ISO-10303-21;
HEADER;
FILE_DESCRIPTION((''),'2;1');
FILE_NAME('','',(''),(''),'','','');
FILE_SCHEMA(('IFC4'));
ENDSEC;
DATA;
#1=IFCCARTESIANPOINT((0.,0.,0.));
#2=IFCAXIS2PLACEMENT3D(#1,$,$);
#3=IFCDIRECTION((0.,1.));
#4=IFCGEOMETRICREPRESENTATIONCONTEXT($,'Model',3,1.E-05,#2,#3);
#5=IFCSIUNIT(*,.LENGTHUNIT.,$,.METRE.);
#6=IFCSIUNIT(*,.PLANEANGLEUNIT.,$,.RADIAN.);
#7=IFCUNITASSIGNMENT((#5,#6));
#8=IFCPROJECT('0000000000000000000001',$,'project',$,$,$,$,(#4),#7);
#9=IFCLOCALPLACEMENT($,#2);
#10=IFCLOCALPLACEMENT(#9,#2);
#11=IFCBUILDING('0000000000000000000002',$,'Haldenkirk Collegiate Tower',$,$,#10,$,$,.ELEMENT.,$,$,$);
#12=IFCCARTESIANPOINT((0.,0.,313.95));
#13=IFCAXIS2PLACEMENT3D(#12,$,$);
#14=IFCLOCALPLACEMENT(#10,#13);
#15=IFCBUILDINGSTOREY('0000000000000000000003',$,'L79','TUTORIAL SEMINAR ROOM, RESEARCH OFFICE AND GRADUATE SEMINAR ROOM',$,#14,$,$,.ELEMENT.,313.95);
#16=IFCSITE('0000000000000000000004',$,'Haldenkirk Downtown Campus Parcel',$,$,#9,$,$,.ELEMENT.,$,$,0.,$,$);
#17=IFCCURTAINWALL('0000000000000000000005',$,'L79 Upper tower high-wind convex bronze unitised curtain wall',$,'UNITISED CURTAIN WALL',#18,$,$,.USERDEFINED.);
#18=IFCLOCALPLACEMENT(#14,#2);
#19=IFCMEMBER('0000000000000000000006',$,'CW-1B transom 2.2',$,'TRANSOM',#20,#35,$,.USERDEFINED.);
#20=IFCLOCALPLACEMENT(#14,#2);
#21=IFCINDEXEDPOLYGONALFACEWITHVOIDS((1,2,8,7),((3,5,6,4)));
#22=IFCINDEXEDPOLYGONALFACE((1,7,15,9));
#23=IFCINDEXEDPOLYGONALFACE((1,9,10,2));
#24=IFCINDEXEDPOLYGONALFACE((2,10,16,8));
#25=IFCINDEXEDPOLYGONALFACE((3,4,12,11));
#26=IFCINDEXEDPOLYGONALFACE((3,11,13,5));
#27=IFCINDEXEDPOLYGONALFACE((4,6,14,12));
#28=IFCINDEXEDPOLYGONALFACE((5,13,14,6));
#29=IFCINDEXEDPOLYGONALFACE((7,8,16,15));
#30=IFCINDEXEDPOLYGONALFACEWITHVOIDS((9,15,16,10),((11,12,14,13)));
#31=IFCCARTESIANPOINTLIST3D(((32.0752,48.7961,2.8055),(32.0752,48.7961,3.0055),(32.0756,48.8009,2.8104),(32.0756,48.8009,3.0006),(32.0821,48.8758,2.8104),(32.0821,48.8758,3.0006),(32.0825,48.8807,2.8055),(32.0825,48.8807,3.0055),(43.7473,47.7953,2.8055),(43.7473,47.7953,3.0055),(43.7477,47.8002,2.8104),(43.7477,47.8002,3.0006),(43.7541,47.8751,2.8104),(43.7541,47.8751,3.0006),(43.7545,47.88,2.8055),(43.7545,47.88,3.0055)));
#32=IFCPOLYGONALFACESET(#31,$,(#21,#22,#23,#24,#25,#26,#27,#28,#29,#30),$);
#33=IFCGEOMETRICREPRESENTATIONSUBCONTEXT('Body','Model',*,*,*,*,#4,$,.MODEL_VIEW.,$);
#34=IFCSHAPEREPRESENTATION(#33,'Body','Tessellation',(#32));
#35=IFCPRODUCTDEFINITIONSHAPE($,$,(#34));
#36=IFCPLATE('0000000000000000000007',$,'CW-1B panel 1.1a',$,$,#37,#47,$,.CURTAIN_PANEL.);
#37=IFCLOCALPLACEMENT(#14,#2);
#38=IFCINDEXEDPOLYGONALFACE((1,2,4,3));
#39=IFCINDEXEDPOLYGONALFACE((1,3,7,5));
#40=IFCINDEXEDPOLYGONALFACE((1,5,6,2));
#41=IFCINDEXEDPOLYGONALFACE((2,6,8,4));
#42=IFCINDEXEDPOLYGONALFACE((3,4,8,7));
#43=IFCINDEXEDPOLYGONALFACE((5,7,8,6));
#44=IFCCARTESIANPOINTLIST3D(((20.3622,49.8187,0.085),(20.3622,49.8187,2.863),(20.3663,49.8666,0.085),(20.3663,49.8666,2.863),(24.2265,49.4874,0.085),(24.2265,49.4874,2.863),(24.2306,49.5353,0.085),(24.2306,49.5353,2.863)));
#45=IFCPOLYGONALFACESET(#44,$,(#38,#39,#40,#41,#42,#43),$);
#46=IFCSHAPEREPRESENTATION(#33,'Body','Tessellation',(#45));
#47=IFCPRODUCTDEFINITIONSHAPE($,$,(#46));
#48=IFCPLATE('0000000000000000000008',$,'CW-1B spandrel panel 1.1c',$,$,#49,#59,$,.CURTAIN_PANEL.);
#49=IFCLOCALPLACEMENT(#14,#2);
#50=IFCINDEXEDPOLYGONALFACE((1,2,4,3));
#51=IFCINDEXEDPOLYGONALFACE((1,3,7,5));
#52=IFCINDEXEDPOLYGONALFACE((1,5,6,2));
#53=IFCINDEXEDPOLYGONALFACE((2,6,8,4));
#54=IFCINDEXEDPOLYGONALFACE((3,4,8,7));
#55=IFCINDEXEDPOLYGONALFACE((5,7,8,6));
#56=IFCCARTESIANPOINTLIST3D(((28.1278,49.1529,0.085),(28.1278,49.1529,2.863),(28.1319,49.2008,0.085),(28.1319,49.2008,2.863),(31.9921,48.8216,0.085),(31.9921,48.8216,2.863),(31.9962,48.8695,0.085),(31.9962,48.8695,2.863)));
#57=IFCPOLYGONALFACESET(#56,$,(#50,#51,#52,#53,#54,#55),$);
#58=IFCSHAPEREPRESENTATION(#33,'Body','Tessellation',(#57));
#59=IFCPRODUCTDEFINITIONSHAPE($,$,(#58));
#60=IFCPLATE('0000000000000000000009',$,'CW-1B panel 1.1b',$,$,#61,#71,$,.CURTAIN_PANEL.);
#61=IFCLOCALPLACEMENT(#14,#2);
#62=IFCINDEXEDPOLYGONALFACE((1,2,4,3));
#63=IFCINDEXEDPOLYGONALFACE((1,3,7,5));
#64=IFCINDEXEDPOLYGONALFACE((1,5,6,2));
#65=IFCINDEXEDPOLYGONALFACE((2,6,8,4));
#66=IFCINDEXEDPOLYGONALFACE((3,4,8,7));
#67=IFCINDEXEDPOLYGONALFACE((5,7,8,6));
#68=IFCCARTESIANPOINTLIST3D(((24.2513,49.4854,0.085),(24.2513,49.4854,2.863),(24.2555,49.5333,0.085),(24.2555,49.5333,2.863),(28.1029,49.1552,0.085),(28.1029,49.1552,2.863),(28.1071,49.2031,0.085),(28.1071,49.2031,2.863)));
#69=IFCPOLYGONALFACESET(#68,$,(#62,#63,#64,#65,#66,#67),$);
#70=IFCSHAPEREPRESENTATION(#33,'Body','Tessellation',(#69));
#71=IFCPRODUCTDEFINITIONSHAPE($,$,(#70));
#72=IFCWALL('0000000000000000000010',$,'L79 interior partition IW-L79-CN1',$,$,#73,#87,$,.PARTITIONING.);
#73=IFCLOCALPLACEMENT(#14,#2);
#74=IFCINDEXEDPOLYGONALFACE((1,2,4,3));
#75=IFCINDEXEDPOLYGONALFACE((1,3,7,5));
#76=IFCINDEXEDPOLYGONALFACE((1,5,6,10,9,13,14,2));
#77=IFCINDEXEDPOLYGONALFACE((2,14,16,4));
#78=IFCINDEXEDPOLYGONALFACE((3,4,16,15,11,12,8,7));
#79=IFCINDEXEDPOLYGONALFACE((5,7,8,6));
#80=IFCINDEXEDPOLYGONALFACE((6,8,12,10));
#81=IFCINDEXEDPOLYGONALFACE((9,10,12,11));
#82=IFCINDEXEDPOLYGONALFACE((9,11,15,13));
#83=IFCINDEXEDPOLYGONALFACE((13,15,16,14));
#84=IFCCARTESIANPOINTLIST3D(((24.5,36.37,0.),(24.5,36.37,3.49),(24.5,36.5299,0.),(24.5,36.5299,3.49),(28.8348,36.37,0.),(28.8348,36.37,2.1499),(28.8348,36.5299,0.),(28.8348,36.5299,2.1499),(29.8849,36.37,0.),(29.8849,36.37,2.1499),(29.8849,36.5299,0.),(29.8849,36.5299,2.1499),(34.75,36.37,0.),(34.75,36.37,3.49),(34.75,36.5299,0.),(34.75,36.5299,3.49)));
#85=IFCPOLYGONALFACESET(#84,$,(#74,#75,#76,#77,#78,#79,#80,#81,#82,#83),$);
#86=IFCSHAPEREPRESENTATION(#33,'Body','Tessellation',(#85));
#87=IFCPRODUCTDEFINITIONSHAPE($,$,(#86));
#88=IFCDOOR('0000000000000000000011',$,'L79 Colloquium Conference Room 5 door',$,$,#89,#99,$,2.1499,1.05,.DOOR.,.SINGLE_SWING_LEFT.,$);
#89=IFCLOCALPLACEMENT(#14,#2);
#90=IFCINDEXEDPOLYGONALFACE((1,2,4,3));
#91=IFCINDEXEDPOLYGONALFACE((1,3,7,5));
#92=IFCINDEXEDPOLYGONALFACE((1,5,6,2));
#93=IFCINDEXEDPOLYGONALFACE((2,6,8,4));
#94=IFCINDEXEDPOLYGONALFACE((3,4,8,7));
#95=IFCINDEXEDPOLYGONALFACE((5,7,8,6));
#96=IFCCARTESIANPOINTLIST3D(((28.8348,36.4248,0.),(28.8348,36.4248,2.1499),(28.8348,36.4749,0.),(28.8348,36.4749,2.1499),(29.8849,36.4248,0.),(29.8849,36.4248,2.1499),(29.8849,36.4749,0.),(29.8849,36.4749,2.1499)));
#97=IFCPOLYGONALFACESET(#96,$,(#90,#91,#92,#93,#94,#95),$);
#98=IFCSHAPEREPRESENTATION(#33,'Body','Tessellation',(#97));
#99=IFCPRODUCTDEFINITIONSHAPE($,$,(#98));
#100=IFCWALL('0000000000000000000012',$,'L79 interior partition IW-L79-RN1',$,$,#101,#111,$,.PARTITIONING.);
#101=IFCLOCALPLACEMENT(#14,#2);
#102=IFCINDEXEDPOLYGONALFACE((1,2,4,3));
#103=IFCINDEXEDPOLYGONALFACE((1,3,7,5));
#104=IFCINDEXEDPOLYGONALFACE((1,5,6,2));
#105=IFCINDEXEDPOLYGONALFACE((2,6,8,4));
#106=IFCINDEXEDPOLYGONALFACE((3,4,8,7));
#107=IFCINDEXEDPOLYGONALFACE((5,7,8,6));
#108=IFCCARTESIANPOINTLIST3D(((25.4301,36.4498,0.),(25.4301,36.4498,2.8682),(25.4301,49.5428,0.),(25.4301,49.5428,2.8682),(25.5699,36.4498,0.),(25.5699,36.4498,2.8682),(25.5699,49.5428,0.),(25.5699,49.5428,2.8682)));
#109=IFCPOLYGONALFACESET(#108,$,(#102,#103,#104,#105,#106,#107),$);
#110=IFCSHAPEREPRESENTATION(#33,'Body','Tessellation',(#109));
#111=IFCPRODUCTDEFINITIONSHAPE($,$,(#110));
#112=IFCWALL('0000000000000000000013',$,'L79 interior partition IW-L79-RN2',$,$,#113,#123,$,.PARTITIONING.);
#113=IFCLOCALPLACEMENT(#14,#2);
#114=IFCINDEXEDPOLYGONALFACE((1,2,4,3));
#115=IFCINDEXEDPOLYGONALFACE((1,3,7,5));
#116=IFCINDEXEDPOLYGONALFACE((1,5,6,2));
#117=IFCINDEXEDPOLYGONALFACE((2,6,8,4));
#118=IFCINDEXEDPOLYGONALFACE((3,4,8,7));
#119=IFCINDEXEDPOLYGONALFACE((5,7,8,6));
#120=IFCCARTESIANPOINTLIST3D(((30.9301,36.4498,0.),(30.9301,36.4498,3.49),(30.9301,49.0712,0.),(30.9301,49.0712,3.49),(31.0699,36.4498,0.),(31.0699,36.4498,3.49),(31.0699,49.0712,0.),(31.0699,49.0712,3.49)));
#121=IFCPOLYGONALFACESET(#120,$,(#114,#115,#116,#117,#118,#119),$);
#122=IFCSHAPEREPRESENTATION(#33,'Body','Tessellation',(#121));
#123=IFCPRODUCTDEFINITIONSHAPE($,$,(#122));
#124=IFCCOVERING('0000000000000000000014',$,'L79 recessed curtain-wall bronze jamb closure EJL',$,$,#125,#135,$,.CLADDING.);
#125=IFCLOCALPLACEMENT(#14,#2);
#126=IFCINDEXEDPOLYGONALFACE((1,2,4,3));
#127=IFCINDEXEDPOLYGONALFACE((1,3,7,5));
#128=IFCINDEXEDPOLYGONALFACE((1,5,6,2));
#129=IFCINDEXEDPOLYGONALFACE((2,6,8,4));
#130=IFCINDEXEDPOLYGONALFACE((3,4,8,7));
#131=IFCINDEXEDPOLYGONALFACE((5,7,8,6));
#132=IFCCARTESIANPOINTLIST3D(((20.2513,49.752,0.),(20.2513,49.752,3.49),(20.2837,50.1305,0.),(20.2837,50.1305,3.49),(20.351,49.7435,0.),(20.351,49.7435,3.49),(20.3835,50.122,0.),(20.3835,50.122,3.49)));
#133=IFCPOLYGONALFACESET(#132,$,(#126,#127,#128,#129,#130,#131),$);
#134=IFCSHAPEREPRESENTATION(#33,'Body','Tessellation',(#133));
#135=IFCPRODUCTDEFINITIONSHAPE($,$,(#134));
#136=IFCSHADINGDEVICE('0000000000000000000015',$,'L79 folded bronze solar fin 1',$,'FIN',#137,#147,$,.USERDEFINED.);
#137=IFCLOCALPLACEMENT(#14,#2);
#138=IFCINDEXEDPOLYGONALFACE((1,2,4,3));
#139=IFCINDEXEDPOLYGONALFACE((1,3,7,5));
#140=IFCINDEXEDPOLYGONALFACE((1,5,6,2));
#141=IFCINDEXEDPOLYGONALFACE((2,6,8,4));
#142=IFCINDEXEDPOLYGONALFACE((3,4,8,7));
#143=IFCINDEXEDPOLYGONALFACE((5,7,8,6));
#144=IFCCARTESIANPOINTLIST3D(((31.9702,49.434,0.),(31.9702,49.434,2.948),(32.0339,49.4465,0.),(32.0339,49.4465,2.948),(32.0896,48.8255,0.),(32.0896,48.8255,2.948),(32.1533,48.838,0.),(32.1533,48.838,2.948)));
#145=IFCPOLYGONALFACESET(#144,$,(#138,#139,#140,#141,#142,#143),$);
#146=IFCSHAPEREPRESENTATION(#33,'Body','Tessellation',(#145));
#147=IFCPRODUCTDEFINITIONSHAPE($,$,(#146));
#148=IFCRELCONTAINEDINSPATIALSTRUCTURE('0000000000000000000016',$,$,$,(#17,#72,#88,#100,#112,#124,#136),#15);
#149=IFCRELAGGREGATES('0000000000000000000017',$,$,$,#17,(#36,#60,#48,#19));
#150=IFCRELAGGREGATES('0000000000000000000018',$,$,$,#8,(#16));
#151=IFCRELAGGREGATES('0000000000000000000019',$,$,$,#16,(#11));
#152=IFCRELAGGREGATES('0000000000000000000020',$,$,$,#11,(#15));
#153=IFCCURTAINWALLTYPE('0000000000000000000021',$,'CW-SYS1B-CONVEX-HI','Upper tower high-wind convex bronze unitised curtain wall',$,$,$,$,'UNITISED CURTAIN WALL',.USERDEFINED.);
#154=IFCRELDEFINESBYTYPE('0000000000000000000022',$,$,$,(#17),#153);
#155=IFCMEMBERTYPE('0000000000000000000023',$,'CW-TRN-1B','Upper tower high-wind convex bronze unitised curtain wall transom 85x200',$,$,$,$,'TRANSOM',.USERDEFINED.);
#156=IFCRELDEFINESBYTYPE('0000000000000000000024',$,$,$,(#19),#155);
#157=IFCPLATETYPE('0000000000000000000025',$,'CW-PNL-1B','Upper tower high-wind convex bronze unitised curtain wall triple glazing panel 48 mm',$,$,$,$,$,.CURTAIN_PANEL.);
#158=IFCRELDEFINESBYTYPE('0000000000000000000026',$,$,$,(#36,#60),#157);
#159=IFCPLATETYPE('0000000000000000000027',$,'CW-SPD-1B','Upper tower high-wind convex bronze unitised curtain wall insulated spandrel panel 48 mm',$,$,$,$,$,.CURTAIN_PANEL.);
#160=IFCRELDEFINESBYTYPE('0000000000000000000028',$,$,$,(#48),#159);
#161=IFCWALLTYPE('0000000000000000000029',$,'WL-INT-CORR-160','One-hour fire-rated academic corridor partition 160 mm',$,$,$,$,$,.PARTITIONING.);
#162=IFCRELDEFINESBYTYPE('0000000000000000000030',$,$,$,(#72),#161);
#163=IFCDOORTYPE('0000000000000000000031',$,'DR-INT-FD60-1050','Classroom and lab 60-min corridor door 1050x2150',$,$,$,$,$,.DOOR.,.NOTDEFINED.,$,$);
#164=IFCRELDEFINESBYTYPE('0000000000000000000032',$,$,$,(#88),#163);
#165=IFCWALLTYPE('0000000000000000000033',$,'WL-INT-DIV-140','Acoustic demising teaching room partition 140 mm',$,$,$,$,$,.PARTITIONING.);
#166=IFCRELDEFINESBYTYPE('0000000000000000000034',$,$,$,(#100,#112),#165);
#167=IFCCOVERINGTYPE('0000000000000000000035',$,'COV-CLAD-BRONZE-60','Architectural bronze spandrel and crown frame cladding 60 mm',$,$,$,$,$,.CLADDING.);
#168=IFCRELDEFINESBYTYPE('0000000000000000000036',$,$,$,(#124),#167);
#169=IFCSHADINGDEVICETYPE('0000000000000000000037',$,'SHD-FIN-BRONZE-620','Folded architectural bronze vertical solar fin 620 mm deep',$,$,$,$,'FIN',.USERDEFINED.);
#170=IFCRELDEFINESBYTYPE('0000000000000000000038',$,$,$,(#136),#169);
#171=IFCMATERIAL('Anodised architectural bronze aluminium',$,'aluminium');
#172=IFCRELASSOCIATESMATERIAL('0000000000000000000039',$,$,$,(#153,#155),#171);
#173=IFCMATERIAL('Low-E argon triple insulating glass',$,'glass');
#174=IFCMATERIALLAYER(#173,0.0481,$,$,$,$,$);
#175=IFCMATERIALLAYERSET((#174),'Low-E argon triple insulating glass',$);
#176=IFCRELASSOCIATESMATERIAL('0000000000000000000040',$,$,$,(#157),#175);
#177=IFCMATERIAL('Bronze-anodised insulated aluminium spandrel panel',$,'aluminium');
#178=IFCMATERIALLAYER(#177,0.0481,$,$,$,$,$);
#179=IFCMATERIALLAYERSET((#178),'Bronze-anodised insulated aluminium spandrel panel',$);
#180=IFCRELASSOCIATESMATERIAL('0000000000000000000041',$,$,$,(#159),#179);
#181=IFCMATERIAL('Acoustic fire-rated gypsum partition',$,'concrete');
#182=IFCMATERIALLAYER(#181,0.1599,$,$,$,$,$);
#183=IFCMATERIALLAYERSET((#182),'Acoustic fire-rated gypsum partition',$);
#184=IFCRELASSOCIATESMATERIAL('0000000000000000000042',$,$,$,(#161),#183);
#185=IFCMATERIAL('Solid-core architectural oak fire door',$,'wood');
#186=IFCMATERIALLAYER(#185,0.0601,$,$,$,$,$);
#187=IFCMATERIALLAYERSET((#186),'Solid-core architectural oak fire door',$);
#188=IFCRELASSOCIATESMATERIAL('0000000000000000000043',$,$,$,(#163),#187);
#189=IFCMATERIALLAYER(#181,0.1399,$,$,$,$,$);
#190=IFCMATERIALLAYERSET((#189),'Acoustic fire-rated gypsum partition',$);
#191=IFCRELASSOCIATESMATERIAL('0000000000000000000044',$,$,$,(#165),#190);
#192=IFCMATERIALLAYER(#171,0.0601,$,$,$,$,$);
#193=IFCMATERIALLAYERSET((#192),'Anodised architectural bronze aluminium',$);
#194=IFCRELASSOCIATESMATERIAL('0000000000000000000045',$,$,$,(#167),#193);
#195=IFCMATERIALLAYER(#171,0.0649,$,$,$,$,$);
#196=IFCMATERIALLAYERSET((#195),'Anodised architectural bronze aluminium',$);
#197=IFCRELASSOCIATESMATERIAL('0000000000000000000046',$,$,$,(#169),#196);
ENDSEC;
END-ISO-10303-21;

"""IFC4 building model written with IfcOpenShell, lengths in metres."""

from ifc_helpers import new_model, si_unit, direction, frame, frame_2d, origin, origin_2d, place, context, subcontext, project, spatial, rectangle, hollow_rectangle, extrude, source, transform, mapped, material, layer, layer_set, material_profile, profile_set, type_object, element, fill, aggregate, save


model = new_model("IFC4")

# Units and contexts
model_context = context("Model", 3, precision=1e-05, world=origin(), true_north=direction((0.0, 1.0)))
body_context = subcontext(model_context, "Body", "Model", "MODEL_VIEW")
ifc_project = project(units=[si_unit("LENGTHUNIT", "METRE"), si_unit("PLANEANGLEUNIT", "RADIAN")], contexts=[model_context])

# Site, building, storey
site_placement = place(None, origin())
site = spatial("IfcSite", under=ifc_project, at=site_placement, Name="Haldenkirk Downtown Campus Parcel", CompositionType="ELEMENT", RefElevation=0.0)
building_placement = place(site_placement, origin())
building = spatial("IfcBuilding", under=site, at=building_placement, Name="Haldenkirk Collegiate Tower", CompositionType="ELEMENT")
storey_placement = place(building_placement, frame((0.0, 0.0, 313.95)))
storey = spatial("IfcBuildingStorey", under=building, at=storey_placement, Name="L79", Description="TUTORIAL SEMINAR ROOM, RESEARCH OFFICE AND GRADUATE SEMINAR ROOM", CompositionType="ELEMENT", Elevation=313.95)

# Curtain wall, member, plates
ifc_material_1 = material(Name="Anodised architectural bronze aluminium", Category="aluminium")
curtain_wall_type = type_object("IfcCurtainWallType", Name="CW-SYS1B-CONVEX-HI", Description="Upper tower high-wind convex bronze unitised curtain wall", ElementType="UNITISED CURTAIN WALL", PredefinedType="USERDEFINED", material=ifc_material_1)
curtain_wall_placement = place(storey_placement, origin())
curtain_wall = element("IfcCurtainWall", 1, at=curtain_wall_placement, inside=storey, type_object=curtain_wall_type, Name="L79 Upper tower high-wind convex bronze unitised curtain wall", ObjectType="UNITISED CURTAIN WALL", PredefinedType="USERDEFINED")
ifc_material_profile_1 = material_profile(ifc_material_1, hollow_rectangle(XDim=0.085, YDim=0.2, WallThickness=0.0049, at=origin_2d()), Name="CW-TRN-1B")
ifc_profile_set_1 = profile_set([ifc_material_profile_1], Name="Anodised architectural bronze aluminium")
member_type_1 = type_object("IfcMemberType", Name="CW-TRN-1B", Description="Upper tower high-wind convex bronze unitised curtain wall transom 85x200", ElementType="TRANSOM", PredefinedType="USERDEFINED", material=ifc_profile_set_1)
member_1_placement = place(storey_placement, frame((32.0789, 48.8384, 2.9055), z_axis=(0.996345, -0.085424, 0.0), x_axis=(0.085424, 0.996345, 0.0)))
member_1 = element("IfcMember", 2, at=member_1_placement, type_object=member_type_1, Name="CW-1B transom 2.2", ObjectType="TRANSOM", PredefinedType="USERDEFINED", context=body_context, shape_type="SweptSolid", body=[
    extrude(hollow_rectangle(XDim=0.085, YDim=0.2, WallThickness=0.0049, at=origin_2d()), origin(), (0.0, 0.0, 1.0), 11.7148),
])
ifc_material_2 = material(Name="Low-E argon triple insulating glass", Category="glass")
ifc_layer_1 = layer(ifc_material_2, 0.0481)
ifc_layer_set_1 = layer_set([ifc_layer_1], Name="Low-E argon triple insulating glass")
plate_type_1 = type_object("IfcPlateType", Name="CW-PNL-1B", Description="Upper tower high-wind convex bronze unitised curtain wall triple glazing panel 48 mm", PredefinedType="CURTAIN_PANEL", material=ifc_layer_set_1)
shared_shape_1 = source(origin(), body_context, "Body", "SweptSolid", [
    extrude(rectangle(XDim=3.8784, YDim=0.0481, at=origin_2d()), origin(), (0.0, 0.0, 1.0), 2.7781),
])
plate_1_placement = place(storey_placement, frame((22.2964, 49.677, 0.085), z_axis=(0.0, 0.0, 1.0), x_axis=(0.996345, -0.085418, 0.0)))
plate_1 = element("IfcPlate", 3, at=plate_1_placement, type_object=plate_type_1, Name="CW-1B panel 1.1a", PredefinedType="CURTAIN_PANEL", context=body_context, shape_type="MappedRepresentation", body=[
    mapped(shared_shape_1, transform((0.0, 0.0, 0.0), x_axis=(1.0, 0.0, 0.0), y_axis=(0.0, 1.0, 0.0), z_axis=(0.0, 0.0, 1.0), scale=1.0)),
])
ifc_material_3 = material(Name="Bronze-anodised insulated aluminium spandrel panel", Category="aluminium")
ifc_layer_2 = layer(ifc_material_3, 0.0481)
ifc_layer_set_2 = layer_set([ifc_layer_2], Name="Bronze-anodised insulated aluminium spandrel panel")
plate_type_2 = type_object("IfcPlateType", Name="CW-SPD-1B", Description="Upper tower high-wind convex bronze unitised curtain wall insulated spandrel panel 48 mm", PredefinedType="CURTAIN_PANEL", material=ifc_layer_set_2)
plate_2_placement = place(storey_placement, frame((30.062, 49.0112, 0.085), z_axis=(0.0, 0.0, 1.0), x_axis=(0.996345, -0.085418, 0.0)))
plate_2 = element("IfcPlate", 4, at=plate_2_placement, type_object=plate_type_2, Name="CW-1B spandrel panel 1.1c", PredefinedType="CURTAIN_PANEL", context=body_context, shape_type="MappedRepresentation", body=[
    mapped(shared_shape_1, transform((0.0, 0.0, 0.0), x_axis=(1.0, 0.0, 0.0), y_axis=(0.0, 1.0, 0.0), z_axis=(0.0, 0.0, 1.0), scale=1.0)),
])
shared_shape_2 = source(origin(), body_context, "Body", "SweptSolid", [
    extrude(rectangle(XDim=3.8657, YDim=0.0481, at=origin_2d()), origin(), (0.0, 0.0, 1.0), 2.7781),
])
plate_3_placement = place(storey_placement, frame((26.1792, 49.3442, 0.085), z_axis=(0.0, 0.0, 1.0), x_axis=(0.996345, -0.085418, 0.0)))
plate_3 = element("IfcPlate", 5, at=plate_3_placement, type_object=plate_type_1, Name="CW-1B panel 1.1b", PredefinedType="CURTAIN_PANEL", context=body_context, shape_type="MappedRepresentation", body=[
    mapped(shared_shape_2, transform((0.0, 0.0, 0.0), x_axis=(1.0, 0.0, 0.0), y_axis=(0.0, 1.0, 0.0), z_axis=(0.0, 0.0, 1.0), scale=1.0)),
])
aggregate(curtain_wall, [plate_1, plate_3, plate_2, member_1])

# Wall, opening, door
ifc_material_4 = material(Name="Acoustic fire-rated gypsum partition", Category="concrete")
ifc_layer_3 = layer(ifc_material_4, 0.1599)
ifc_layer_set_3 = layer_set([ifc_layer_3], Name="Acoustic fire-rated gypsum partition")
wall_type_1 = type_object("IfcWallType", Name="WL-INT-CORR-160", Description="One-hour fire-rated academic corridor partition 160 mm", PredefinedType="PARTITIONING", material=ifc_layer_set_3)
wall_1_placement = place(storey_placement, frame((24.5, 36.45, 0.0), z_axis=(0.0, 0.0, 1.0), x_axis=(1.0, 0.0, 0.0)))
wall_1 = element("IfcWall", 6, at=wall_1_placement, inside=storey, type_object=wall_type_1, Name="L79 interior partition IW-L79-CN1", PredefinedType="PARTITIONING", context=body_context, shape_type="SweptSolid", body=[
    extrude(rectangle(XDim=10.25, YDim=0.1599, at=frame_2d((5.125, 0.0))), origin(), (0.0, 0.0, 1.0), 3.49),
])
opening_placement = place(wall_1_placement, frame((4.335, 0.0, 0.0)))
opening = element("IfcOpeningElement", 7, at=opening_placement, cuts=wall_1, PredefinedType="OPENING", context=body_context, shape_type="SweptSolid", body=[
    extrude(rectangle(XDim=1.05, YDim=2.1499, at=frame_2d((0.5249, 1.075))), frame((0.0, 0.0898, 0.0), z_axis=(0.0, -1.0, 0.0), x_axis=(1.0, 0.0, 0.0)), (0.0, 0.0, 1.0), 0.1799),
])
ifc_material_5 = material(Name="Solid-core architectural oak fire door", Category="wood")
ifc_layer_4 = layer(ifc_material_5, 0.0601)
ifc_layer_set_4 = layer_set([ifc_layer_4], Name="Solid-core architectural oak fire door")
door_type = type_object("IfcDoorType", Name="DR-INT-FD60-1050", Description="Classroom and lab 60-min corridor door 1050x2150", OperationType="NOTDEFINED", PredefinedType="DOOR", material=ifc_layer_set_4)
door_placement = place(opening_placement, origin())
door = element("IfcDoor", 8, at=door_placement, inside=storey, type_object=door_type, Name="L79 Colloquium Conference Room 5 door", OperationType="SINGLE_SWING_LEFT", OverallHeight=2.1499, OverallWidth=1.05, PredefinedType="DOOR", context=body_context, shape_type="SweptSolid", body=[
    extrude(rectangle(XDim=1.05, YDim=2.1499, at=frame_2d((0.5249, 1.075))), frame((0.0, 0.0249, 0.0), z_axis=(0.0, -1.0, 0.0), x_axis=(1.0, 0.0, 0.0)), (0.0, 0.0, 1.0), 0.05),
])
fill(opening, door)

# Walls
ifc_layer_5 = layer(ifc_material_4, 0.1399)
ifc_layer_set_5 = layer_set([ifc_layer_5], Name="Acoustic fire-rated gypsum partition")
wall_type_2 = type_object("IfcWallType", Name="WL-INT-DIV-140", Description="Acoustic demising teaching room partition 140 mm", PredefinedType="PARTITIONING", material=ifc_layer_set_5)
wall_2_placement = place(storey_placement, frame((25.5, 36.45, 0.0), z_axis=(0.0, 0.0, 1.0), x_axis=(0.0, 1.0, 0.0)))
element("IfcWall", 9, at=wall_2_placement, inside=storey, type_object=wall_type_2, Name="L79 interior partition IW-L79-RN1", PredefinedType="PARTITIONING", context=body_context, shape_type="SweptSolid", body=[
    extrude(rectangle(XDim=13.093, YDim=0.1399, at=frame_2d((6.5464, 0.0))), origin(), (0.0, 0.0, 1.0), 2.8682),
])
wall_3_placement = place(storey_placement, frame((31.0, 36.45, 0.0), z_axis=(0.0, 0.0, 1.0), x_axis=(0.0, 1.0, 0.0)))
element("IfcWall", 10, at=wall_3_placement, inside=storey, type_object=wall_type_2, Name="L79 interior partition IW-L79-RN2", PredefinedType="PARTITIONING", context=body_context, shape_type="SweptSolid", body=[
    extrude(rectangle(XDim=12.6213, YDim=0.1399, at=frame_2d((6.3105, 0.0))), origin(), (0.0, 0.0, 1.0), 3.49),
])

# Covering
ifc_layer_6 = layer(ifc_material_1, 0.0601)
ifc_layer_set_6 = layer_set([ifc_layer_6], Name="Anodised architectural bronze aluminium")
covering_type = type_object("IfcCoveringType", Name="COV-CLAD-BRONZE-60", Description="Architectural bronze spandrel and crown frame cladding 60 mm", PredefinedType="CLADDING", material=ifc_layer_set_6)
shared_shape_3 = source(origin(), body_context, "Body", "SweptSolid", [
    extrude(rectangle(XDim=0.1001, YDim=0.3799, at=origin_2d()), origin(), (0.0, 0.0, 1.0), 3.49),
])
covering_placement = place(storey_placement, frame((20.3174, 49.937, 0.0), z_axis=(0.0, 0.0, 1.0), x_axis=(0.996345, -0.085417, 0.0)))
element("IfcCovering", 11, at=covering_placement, inside=storey, type_object=covering_type, Name="L79 recessed curtain-wall bronze jamb closure EJL", PredefinedType="CLADDING", context=body_context, shape_type="MappedRepresentation", body=[
    mapped(shared_shape_3, transform((0.0, 0.0, 0.0), x_axis=(1.0, 0.0, 0.0), y_axis=(0.0, 1.0, 0.0), z_axis=(0.0, 0.0, 1.0), scale=1.0)),
])

# Shading device
ifc_layer_7 = layer(ifc_material_1, 0.0649)
ifc_layer_set_7 = layer_set([ifc_layer_7], Name="Anodised architectural bronze aluminium")
shading_device_type = type_object("IfcShadingDeviceType", Name="SHD-FIN-BRONZE-620", Description="Folded architectural bronze vertical solar fin 620 mm deep", ElementType="FIN", PredefinedType="USERDEFINED", material=ifc_layer_set_7)
shared_shape_4 = source(origin(), body_context, "Body", "SweptSolid", [
    extrude(rectangle(XDim=0.6201, YDim=0.0649, at=origin_2d()), origin(), (0.0, 0.0, 1.0), 2.948),
])
shading_device_placement = place(storey_placement, frame((32.0618, 49.136, 0.0), z_axis=(0.0, 0.0, 1.0), x_axis=(-0.192522, 0.981293, 0.0)))
element("IfcShadingDevice", 12, at=shading_device_placement, inside=storey, type_object=shading_device_type, Name="L79 folded bronze solar fin 1", ObjectType="FIN", PredefinedType="USERDEFINED", context=body_context, shape_type="MappedRepresentation", body=[
    mapped(shared_shape_4, transform((0.0, 0.0, 0.0), x_axis=(1.0, 0.0, 0.0), y_axis=(0.0, 1.0, 0.0), z_axis=(0.0, 0.0, 1.0), scale=1.0)),
])

save(model, "model.ifc")
